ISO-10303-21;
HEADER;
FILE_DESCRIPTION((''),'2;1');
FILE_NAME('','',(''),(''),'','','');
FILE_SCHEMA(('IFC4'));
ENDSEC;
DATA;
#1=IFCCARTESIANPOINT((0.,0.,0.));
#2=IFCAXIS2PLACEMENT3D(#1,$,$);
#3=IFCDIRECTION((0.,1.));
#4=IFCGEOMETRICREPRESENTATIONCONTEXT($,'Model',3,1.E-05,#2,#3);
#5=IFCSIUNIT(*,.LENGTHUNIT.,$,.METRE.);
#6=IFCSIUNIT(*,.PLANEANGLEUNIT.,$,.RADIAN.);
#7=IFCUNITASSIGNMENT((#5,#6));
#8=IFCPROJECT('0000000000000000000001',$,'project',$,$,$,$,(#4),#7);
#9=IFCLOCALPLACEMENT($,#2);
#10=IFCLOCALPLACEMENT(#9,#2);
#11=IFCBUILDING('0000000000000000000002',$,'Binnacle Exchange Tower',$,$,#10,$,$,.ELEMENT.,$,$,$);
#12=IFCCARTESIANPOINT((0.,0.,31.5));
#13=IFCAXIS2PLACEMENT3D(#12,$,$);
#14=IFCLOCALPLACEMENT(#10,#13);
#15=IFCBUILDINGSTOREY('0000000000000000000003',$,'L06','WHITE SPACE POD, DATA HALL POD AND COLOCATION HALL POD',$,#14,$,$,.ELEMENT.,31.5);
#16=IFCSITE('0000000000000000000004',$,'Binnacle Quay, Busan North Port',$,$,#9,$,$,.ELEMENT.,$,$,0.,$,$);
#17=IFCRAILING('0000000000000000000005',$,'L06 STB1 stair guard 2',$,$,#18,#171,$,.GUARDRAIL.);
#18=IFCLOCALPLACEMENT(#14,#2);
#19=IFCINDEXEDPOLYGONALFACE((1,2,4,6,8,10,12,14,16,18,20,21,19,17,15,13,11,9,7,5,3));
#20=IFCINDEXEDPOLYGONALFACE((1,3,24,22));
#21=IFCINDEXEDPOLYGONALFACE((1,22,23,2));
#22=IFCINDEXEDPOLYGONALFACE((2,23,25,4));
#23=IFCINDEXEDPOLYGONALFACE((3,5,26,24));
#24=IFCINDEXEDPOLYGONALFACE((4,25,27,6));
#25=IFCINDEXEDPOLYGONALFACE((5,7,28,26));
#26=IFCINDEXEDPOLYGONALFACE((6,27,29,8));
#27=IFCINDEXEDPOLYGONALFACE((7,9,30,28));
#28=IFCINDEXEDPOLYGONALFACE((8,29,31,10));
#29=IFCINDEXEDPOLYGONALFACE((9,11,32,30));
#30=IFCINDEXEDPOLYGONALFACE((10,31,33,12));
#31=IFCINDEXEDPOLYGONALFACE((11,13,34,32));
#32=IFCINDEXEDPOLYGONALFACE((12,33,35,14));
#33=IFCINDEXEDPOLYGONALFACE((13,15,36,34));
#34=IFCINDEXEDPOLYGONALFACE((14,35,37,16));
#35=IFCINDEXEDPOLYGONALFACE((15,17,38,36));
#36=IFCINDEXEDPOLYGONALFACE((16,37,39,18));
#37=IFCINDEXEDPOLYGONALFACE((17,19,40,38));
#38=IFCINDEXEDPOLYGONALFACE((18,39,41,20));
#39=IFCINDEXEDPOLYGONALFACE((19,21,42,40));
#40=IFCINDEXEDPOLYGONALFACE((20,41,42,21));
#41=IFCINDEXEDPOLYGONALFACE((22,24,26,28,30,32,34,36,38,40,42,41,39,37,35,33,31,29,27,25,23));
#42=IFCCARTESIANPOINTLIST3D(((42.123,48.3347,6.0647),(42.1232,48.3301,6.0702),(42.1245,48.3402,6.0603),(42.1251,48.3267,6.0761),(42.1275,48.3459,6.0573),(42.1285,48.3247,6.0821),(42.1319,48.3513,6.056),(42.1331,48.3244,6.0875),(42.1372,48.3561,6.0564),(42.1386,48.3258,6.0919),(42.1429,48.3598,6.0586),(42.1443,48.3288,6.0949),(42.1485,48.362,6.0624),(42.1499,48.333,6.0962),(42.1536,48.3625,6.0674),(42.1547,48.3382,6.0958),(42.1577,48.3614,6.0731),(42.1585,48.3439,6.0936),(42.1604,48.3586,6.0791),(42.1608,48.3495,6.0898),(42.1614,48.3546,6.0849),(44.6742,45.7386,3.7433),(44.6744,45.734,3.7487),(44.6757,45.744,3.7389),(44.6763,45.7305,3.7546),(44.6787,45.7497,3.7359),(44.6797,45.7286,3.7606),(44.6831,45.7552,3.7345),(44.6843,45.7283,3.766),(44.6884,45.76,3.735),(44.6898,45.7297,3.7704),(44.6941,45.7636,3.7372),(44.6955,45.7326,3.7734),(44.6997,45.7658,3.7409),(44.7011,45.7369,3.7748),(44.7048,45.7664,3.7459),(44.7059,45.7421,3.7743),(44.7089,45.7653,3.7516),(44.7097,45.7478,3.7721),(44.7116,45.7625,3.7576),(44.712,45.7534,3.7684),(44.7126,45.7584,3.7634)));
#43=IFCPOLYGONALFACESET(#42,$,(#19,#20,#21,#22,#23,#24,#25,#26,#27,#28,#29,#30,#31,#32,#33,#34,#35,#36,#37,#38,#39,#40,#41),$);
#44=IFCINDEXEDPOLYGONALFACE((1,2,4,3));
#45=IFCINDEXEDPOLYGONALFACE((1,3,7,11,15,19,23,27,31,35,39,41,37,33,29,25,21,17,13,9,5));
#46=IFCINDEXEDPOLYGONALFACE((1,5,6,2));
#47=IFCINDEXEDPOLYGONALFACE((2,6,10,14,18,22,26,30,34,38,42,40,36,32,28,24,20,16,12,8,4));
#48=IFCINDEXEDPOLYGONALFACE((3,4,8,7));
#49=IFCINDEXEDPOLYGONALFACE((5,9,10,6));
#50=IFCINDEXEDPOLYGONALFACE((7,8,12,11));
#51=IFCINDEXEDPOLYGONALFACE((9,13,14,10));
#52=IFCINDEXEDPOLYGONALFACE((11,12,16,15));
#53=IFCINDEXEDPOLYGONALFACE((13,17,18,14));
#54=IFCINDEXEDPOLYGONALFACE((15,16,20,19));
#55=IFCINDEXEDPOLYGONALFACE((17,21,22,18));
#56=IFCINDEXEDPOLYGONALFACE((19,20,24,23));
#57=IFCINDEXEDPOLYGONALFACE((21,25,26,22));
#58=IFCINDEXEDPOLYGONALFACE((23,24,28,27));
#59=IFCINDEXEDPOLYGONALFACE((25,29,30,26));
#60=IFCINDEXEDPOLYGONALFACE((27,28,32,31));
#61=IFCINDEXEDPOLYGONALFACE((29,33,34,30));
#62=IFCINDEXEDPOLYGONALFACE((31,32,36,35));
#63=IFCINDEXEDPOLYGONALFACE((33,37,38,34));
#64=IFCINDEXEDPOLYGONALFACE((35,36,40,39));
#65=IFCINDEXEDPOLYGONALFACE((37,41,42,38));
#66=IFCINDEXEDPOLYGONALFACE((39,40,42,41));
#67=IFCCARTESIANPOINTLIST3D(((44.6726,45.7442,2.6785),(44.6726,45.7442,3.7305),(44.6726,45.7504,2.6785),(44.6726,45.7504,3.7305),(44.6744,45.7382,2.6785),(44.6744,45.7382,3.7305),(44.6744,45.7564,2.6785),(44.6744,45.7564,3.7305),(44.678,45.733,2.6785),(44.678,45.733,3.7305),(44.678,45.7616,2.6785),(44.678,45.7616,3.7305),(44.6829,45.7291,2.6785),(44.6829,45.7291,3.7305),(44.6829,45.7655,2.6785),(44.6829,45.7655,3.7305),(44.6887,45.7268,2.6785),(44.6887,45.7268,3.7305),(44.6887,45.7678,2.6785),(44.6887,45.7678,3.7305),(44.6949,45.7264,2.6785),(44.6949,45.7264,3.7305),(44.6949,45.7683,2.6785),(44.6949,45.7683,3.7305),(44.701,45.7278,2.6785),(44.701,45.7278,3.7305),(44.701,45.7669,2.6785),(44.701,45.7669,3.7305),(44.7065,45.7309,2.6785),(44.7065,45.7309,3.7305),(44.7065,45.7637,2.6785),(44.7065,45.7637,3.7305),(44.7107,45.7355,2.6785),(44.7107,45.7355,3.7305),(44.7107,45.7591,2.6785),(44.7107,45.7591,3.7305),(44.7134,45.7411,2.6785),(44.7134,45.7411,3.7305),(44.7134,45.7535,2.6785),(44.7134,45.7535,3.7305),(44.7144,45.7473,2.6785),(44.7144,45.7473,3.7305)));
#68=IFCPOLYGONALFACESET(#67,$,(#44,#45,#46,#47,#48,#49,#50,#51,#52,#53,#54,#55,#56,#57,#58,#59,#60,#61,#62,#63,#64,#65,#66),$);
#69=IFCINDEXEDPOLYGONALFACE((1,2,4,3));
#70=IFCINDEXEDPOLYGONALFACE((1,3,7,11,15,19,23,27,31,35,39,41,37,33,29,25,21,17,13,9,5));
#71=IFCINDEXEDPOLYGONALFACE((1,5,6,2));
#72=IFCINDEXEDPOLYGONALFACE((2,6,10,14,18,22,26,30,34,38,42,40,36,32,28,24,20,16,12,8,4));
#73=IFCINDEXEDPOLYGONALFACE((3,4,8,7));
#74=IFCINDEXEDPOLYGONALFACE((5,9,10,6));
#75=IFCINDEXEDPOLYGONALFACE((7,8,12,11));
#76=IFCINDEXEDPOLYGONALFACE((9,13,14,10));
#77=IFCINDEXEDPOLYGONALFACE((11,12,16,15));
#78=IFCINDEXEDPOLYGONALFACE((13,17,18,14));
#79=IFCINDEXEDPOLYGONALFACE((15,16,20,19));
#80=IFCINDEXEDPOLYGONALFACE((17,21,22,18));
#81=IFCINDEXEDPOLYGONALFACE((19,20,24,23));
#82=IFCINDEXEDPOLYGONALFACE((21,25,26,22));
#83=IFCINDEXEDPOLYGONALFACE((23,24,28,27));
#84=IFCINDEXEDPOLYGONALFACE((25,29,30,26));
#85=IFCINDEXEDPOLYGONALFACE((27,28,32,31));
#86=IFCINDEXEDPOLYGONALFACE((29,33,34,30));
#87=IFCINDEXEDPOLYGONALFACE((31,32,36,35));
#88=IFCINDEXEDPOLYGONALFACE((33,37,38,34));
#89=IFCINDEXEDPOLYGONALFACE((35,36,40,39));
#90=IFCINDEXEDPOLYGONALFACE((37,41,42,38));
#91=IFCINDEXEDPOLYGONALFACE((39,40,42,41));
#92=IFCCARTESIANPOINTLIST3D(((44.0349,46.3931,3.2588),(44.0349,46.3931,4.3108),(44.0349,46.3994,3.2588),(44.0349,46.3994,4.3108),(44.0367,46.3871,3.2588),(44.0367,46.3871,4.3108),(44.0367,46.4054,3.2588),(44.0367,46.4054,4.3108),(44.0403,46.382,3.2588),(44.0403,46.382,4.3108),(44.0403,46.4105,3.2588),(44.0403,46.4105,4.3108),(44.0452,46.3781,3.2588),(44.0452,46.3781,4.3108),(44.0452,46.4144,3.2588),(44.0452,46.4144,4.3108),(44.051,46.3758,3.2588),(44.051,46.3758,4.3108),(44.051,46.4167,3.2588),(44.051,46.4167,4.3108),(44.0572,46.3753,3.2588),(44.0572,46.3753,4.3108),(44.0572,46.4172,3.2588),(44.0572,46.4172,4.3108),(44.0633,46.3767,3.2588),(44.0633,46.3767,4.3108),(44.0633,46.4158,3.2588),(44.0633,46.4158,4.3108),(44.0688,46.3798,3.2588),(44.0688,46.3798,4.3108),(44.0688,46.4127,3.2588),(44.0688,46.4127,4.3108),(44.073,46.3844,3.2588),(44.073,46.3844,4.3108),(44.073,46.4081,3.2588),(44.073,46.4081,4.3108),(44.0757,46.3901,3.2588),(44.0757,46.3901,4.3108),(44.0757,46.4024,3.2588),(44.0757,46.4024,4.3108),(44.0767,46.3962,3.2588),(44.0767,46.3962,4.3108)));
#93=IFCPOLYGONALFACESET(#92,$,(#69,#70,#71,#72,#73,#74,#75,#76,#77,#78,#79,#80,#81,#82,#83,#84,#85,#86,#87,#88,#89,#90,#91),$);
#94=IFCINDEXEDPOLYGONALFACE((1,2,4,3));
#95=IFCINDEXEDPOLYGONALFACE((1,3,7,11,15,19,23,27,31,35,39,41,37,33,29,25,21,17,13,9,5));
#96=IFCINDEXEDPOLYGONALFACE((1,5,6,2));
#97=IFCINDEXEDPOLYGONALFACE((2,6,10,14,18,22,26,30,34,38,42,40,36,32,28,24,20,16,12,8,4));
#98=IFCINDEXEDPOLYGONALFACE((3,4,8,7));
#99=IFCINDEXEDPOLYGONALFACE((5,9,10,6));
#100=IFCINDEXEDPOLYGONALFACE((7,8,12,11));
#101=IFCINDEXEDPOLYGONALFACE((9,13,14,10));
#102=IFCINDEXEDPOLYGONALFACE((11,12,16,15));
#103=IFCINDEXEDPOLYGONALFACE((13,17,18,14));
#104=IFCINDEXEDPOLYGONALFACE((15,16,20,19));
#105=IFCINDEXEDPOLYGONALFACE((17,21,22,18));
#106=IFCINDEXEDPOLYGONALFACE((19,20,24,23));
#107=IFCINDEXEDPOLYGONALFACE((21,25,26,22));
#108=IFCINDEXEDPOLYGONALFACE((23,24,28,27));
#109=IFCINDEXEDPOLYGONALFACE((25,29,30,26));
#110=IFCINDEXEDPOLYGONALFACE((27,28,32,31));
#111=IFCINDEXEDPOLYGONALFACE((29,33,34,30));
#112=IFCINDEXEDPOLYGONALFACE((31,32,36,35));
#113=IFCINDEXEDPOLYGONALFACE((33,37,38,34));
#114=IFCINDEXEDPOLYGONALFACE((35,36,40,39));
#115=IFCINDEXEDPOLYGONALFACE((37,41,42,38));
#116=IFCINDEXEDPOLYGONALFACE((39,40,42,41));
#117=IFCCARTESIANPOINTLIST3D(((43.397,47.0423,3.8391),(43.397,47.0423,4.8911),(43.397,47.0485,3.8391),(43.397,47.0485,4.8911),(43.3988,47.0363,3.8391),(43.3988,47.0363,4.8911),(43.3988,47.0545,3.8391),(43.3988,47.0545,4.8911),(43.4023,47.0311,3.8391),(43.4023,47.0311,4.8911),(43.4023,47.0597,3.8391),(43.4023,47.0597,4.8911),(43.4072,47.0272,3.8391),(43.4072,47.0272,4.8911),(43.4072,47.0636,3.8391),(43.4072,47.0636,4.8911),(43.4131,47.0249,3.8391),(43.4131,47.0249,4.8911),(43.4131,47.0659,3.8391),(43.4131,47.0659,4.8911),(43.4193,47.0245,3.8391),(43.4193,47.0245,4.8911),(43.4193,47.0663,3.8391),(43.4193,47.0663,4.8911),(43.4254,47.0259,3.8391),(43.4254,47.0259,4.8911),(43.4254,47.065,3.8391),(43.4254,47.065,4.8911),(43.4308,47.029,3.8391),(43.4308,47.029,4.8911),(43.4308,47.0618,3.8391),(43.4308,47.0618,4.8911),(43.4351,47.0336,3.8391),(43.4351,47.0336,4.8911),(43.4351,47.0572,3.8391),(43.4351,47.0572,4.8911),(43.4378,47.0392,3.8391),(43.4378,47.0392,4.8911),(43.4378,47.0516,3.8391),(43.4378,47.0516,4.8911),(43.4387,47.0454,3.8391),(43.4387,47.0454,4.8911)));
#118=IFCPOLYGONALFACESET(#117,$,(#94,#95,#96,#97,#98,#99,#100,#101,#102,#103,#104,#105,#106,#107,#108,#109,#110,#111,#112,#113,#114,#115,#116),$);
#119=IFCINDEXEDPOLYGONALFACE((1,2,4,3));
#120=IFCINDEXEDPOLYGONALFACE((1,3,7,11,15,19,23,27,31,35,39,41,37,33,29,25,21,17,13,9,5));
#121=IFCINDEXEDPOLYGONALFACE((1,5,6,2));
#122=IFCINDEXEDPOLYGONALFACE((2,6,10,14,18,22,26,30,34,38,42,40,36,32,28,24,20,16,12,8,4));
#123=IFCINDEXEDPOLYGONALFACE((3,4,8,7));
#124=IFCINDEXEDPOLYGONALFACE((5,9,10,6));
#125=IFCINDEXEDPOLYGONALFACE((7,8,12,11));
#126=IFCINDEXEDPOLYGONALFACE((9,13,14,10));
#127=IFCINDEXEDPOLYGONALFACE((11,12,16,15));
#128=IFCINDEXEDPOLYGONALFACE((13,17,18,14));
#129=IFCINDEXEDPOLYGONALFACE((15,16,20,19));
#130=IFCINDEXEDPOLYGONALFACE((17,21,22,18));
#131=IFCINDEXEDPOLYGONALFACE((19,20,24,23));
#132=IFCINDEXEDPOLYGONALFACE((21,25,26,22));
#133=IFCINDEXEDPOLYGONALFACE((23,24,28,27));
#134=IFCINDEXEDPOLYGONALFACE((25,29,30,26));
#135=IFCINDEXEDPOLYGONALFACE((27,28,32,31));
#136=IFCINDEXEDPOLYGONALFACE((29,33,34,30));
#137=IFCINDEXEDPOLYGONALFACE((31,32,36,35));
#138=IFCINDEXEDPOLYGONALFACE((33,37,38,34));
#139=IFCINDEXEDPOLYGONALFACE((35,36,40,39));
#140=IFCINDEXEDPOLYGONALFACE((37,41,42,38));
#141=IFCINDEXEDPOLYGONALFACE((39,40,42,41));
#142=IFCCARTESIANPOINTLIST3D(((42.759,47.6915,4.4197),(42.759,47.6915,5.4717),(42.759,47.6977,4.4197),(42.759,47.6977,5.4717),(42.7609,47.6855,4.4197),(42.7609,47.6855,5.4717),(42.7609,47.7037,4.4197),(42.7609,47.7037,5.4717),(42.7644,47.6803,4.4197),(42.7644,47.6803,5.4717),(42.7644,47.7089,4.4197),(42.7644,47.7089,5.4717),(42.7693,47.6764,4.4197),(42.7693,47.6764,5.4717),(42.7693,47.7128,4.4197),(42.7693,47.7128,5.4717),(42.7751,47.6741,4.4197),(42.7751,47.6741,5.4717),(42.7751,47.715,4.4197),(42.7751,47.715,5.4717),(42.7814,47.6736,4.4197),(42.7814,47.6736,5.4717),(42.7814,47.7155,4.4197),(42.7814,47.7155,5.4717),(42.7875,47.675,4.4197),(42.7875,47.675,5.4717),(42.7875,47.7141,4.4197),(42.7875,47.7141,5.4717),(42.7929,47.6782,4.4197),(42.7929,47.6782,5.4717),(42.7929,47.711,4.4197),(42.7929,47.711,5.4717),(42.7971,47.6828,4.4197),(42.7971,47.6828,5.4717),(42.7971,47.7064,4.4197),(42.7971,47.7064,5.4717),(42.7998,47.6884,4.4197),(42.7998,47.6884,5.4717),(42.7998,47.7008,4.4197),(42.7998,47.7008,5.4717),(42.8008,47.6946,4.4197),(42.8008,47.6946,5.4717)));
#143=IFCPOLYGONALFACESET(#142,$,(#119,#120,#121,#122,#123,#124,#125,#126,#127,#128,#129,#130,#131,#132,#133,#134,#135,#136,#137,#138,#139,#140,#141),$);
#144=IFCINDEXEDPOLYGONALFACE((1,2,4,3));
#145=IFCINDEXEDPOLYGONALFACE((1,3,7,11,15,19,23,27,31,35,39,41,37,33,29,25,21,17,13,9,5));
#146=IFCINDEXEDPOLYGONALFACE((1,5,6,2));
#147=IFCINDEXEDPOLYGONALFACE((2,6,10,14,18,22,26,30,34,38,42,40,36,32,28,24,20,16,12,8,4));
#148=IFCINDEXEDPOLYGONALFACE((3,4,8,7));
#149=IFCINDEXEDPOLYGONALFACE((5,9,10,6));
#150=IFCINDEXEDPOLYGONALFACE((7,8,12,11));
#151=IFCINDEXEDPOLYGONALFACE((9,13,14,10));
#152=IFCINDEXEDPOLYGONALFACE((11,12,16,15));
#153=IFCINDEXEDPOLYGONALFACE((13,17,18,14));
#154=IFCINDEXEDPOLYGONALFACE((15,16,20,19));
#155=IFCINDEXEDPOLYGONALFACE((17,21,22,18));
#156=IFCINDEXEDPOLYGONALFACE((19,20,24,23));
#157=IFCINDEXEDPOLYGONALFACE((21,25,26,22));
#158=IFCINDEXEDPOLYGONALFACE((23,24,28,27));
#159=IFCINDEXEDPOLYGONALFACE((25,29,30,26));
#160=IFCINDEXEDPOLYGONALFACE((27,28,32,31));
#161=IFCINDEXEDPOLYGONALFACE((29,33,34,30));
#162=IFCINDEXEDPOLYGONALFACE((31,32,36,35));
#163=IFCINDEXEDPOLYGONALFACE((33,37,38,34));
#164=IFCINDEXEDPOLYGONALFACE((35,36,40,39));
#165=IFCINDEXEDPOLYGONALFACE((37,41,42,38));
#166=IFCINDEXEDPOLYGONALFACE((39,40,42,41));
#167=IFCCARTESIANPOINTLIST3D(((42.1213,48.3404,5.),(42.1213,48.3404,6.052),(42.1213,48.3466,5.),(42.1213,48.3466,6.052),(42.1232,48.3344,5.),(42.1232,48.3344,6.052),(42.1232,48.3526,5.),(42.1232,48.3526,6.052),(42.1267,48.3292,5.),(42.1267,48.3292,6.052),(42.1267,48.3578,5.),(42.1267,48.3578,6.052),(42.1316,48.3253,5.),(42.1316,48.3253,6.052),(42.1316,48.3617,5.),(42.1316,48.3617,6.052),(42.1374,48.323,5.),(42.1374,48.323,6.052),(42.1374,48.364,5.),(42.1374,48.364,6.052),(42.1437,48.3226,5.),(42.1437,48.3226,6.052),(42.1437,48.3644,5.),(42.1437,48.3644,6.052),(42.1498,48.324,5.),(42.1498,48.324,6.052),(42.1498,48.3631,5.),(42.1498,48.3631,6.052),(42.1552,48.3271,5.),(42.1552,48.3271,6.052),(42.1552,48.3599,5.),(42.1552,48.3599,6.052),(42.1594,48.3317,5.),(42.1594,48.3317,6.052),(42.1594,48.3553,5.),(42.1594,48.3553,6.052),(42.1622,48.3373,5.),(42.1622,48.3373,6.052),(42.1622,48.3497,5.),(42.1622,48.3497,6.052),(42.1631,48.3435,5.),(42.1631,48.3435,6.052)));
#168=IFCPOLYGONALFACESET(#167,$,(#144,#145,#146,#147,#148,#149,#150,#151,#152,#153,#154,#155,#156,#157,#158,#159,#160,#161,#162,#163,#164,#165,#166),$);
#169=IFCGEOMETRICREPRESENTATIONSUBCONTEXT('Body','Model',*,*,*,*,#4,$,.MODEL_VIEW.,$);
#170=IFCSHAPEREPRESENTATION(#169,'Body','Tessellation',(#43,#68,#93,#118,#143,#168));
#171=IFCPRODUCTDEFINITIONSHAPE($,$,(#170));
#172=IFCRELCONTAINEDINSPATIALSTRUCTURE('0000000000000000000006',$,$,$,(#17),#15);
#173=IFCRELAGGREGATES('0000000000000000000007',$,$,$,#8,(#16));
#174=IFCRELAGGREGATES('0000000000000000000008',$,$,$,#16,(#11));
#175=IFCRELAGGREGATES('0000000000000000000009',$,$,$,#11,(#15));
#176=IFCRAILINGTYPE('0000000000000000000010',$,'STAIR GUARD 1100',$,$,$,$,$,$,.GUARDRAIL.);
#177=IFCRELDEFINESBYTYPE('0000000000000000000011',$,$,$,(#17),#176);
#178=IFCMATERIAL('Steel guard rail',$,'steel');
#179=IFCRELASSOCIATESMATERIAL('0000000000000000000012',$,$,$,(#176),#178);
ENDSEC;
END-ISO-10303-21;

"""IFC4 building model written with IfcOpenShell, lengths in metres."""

from ifc_helpers import new_model, si_unit, direction, frame, origin, origin_2d, place, context, subcontext, project, spatial, circle, extrude, material, type_object, element, save


model = new_model("IFC4")

# Units and contexts
model_context = context("Model", 3, precision=1e-05, world=origin(), true_north=direction((0.0, 1.0)))
body_context = subcontext(model_context, "Body", "Model", "MODEL_VIEW")
ifc_project = project(units=[si_unit("LENGTHUNIT", "METRE"), si_unit("PLANEANGLEUNIT", "RADIAN")], contexts=[model_context])

# Site, building, storey
site_placement = place(None, origin())
site = spatial("IfcSite", under=ifc_project, at=site_placement, Name="Binnacle Quay, Busan North Port", CompositionType="ELEMENT", RefElevation=0.0)
building_placement = place(site_placement, origin())
building = spatial("IfcBuilding", under=site, at=building_placement, Name="Binnacle Exchange Tower", CompositionType="ELEMENT")
storey_placement = place(building_placement, frame((0.0, 0.0, 31.5)))
storey = spatial("IfcBuildingStorey", under=building, at=storey_placement, Name="L06", Description="WHITE SPACE POD, DATA HALL POD AND COLOCATION HALL POD", CompositionType="ELEMENT", Elevation=31.5)

# Railing
ifc_material_1 = material(Name="Steel guard rail", Category="steel")
railing_type_1 = type_object("IfcRailingType", Name="STAIR GUARD 1100", PredefinedType="GUARDRAIL", material=ifc_material_1)
railing_1_placement = place(storey_placement, frame((44.6934, 45.7473, 2.6785)))
element("IfcRailing", 1, at=railing_1_placement, inside=storey, type_object=railing_type_1, Name="L06 STB1 stair guard 2", PredefinedType="GUARDRAIL", context=body_context, shape_type="SweptSolid", body=[
    extrude(circle(Radius=0.0239, at=origin_2d()), frame((0.0, 0.0, 1.0762), z_axis=(-0.590947, 0.601352, 0.537733), x_axis=(-0.713251, -0.700909, 0.0)), (0.0, 0.0, 1.0), 4.3171),
    extrude(circle(Radius=0.021, at=origin_2d()), origin(), (0.0, 0.0, 1.0), 1.052),
    extrude(circle(Radius=0.021, at=origin_2d()), frame((-0.6377, 0.6489, 0.5803)), (0.0, 0.0, 1.0), 1.052),
    extrude(circle(Radius=0.021, at=origin_2d()), frame((-1.2756, 1.2981, 1.1606)), (0.0, 0.0, 1.0), 1.052),
    extrude(circle(Radius=0.021, at=origin_2d()), frame((-1.9136, 1.9473, 1.7412)), (0.0, 0.0, 1.0), 1.052),
    extrude(circle(Radius=0.021, at=origin_2d()), frame((-2.5513, 2.5962, 2.3215)), (0.0, 0.0, 1.0), 1.052),
])

save(model, "model.ifc")
